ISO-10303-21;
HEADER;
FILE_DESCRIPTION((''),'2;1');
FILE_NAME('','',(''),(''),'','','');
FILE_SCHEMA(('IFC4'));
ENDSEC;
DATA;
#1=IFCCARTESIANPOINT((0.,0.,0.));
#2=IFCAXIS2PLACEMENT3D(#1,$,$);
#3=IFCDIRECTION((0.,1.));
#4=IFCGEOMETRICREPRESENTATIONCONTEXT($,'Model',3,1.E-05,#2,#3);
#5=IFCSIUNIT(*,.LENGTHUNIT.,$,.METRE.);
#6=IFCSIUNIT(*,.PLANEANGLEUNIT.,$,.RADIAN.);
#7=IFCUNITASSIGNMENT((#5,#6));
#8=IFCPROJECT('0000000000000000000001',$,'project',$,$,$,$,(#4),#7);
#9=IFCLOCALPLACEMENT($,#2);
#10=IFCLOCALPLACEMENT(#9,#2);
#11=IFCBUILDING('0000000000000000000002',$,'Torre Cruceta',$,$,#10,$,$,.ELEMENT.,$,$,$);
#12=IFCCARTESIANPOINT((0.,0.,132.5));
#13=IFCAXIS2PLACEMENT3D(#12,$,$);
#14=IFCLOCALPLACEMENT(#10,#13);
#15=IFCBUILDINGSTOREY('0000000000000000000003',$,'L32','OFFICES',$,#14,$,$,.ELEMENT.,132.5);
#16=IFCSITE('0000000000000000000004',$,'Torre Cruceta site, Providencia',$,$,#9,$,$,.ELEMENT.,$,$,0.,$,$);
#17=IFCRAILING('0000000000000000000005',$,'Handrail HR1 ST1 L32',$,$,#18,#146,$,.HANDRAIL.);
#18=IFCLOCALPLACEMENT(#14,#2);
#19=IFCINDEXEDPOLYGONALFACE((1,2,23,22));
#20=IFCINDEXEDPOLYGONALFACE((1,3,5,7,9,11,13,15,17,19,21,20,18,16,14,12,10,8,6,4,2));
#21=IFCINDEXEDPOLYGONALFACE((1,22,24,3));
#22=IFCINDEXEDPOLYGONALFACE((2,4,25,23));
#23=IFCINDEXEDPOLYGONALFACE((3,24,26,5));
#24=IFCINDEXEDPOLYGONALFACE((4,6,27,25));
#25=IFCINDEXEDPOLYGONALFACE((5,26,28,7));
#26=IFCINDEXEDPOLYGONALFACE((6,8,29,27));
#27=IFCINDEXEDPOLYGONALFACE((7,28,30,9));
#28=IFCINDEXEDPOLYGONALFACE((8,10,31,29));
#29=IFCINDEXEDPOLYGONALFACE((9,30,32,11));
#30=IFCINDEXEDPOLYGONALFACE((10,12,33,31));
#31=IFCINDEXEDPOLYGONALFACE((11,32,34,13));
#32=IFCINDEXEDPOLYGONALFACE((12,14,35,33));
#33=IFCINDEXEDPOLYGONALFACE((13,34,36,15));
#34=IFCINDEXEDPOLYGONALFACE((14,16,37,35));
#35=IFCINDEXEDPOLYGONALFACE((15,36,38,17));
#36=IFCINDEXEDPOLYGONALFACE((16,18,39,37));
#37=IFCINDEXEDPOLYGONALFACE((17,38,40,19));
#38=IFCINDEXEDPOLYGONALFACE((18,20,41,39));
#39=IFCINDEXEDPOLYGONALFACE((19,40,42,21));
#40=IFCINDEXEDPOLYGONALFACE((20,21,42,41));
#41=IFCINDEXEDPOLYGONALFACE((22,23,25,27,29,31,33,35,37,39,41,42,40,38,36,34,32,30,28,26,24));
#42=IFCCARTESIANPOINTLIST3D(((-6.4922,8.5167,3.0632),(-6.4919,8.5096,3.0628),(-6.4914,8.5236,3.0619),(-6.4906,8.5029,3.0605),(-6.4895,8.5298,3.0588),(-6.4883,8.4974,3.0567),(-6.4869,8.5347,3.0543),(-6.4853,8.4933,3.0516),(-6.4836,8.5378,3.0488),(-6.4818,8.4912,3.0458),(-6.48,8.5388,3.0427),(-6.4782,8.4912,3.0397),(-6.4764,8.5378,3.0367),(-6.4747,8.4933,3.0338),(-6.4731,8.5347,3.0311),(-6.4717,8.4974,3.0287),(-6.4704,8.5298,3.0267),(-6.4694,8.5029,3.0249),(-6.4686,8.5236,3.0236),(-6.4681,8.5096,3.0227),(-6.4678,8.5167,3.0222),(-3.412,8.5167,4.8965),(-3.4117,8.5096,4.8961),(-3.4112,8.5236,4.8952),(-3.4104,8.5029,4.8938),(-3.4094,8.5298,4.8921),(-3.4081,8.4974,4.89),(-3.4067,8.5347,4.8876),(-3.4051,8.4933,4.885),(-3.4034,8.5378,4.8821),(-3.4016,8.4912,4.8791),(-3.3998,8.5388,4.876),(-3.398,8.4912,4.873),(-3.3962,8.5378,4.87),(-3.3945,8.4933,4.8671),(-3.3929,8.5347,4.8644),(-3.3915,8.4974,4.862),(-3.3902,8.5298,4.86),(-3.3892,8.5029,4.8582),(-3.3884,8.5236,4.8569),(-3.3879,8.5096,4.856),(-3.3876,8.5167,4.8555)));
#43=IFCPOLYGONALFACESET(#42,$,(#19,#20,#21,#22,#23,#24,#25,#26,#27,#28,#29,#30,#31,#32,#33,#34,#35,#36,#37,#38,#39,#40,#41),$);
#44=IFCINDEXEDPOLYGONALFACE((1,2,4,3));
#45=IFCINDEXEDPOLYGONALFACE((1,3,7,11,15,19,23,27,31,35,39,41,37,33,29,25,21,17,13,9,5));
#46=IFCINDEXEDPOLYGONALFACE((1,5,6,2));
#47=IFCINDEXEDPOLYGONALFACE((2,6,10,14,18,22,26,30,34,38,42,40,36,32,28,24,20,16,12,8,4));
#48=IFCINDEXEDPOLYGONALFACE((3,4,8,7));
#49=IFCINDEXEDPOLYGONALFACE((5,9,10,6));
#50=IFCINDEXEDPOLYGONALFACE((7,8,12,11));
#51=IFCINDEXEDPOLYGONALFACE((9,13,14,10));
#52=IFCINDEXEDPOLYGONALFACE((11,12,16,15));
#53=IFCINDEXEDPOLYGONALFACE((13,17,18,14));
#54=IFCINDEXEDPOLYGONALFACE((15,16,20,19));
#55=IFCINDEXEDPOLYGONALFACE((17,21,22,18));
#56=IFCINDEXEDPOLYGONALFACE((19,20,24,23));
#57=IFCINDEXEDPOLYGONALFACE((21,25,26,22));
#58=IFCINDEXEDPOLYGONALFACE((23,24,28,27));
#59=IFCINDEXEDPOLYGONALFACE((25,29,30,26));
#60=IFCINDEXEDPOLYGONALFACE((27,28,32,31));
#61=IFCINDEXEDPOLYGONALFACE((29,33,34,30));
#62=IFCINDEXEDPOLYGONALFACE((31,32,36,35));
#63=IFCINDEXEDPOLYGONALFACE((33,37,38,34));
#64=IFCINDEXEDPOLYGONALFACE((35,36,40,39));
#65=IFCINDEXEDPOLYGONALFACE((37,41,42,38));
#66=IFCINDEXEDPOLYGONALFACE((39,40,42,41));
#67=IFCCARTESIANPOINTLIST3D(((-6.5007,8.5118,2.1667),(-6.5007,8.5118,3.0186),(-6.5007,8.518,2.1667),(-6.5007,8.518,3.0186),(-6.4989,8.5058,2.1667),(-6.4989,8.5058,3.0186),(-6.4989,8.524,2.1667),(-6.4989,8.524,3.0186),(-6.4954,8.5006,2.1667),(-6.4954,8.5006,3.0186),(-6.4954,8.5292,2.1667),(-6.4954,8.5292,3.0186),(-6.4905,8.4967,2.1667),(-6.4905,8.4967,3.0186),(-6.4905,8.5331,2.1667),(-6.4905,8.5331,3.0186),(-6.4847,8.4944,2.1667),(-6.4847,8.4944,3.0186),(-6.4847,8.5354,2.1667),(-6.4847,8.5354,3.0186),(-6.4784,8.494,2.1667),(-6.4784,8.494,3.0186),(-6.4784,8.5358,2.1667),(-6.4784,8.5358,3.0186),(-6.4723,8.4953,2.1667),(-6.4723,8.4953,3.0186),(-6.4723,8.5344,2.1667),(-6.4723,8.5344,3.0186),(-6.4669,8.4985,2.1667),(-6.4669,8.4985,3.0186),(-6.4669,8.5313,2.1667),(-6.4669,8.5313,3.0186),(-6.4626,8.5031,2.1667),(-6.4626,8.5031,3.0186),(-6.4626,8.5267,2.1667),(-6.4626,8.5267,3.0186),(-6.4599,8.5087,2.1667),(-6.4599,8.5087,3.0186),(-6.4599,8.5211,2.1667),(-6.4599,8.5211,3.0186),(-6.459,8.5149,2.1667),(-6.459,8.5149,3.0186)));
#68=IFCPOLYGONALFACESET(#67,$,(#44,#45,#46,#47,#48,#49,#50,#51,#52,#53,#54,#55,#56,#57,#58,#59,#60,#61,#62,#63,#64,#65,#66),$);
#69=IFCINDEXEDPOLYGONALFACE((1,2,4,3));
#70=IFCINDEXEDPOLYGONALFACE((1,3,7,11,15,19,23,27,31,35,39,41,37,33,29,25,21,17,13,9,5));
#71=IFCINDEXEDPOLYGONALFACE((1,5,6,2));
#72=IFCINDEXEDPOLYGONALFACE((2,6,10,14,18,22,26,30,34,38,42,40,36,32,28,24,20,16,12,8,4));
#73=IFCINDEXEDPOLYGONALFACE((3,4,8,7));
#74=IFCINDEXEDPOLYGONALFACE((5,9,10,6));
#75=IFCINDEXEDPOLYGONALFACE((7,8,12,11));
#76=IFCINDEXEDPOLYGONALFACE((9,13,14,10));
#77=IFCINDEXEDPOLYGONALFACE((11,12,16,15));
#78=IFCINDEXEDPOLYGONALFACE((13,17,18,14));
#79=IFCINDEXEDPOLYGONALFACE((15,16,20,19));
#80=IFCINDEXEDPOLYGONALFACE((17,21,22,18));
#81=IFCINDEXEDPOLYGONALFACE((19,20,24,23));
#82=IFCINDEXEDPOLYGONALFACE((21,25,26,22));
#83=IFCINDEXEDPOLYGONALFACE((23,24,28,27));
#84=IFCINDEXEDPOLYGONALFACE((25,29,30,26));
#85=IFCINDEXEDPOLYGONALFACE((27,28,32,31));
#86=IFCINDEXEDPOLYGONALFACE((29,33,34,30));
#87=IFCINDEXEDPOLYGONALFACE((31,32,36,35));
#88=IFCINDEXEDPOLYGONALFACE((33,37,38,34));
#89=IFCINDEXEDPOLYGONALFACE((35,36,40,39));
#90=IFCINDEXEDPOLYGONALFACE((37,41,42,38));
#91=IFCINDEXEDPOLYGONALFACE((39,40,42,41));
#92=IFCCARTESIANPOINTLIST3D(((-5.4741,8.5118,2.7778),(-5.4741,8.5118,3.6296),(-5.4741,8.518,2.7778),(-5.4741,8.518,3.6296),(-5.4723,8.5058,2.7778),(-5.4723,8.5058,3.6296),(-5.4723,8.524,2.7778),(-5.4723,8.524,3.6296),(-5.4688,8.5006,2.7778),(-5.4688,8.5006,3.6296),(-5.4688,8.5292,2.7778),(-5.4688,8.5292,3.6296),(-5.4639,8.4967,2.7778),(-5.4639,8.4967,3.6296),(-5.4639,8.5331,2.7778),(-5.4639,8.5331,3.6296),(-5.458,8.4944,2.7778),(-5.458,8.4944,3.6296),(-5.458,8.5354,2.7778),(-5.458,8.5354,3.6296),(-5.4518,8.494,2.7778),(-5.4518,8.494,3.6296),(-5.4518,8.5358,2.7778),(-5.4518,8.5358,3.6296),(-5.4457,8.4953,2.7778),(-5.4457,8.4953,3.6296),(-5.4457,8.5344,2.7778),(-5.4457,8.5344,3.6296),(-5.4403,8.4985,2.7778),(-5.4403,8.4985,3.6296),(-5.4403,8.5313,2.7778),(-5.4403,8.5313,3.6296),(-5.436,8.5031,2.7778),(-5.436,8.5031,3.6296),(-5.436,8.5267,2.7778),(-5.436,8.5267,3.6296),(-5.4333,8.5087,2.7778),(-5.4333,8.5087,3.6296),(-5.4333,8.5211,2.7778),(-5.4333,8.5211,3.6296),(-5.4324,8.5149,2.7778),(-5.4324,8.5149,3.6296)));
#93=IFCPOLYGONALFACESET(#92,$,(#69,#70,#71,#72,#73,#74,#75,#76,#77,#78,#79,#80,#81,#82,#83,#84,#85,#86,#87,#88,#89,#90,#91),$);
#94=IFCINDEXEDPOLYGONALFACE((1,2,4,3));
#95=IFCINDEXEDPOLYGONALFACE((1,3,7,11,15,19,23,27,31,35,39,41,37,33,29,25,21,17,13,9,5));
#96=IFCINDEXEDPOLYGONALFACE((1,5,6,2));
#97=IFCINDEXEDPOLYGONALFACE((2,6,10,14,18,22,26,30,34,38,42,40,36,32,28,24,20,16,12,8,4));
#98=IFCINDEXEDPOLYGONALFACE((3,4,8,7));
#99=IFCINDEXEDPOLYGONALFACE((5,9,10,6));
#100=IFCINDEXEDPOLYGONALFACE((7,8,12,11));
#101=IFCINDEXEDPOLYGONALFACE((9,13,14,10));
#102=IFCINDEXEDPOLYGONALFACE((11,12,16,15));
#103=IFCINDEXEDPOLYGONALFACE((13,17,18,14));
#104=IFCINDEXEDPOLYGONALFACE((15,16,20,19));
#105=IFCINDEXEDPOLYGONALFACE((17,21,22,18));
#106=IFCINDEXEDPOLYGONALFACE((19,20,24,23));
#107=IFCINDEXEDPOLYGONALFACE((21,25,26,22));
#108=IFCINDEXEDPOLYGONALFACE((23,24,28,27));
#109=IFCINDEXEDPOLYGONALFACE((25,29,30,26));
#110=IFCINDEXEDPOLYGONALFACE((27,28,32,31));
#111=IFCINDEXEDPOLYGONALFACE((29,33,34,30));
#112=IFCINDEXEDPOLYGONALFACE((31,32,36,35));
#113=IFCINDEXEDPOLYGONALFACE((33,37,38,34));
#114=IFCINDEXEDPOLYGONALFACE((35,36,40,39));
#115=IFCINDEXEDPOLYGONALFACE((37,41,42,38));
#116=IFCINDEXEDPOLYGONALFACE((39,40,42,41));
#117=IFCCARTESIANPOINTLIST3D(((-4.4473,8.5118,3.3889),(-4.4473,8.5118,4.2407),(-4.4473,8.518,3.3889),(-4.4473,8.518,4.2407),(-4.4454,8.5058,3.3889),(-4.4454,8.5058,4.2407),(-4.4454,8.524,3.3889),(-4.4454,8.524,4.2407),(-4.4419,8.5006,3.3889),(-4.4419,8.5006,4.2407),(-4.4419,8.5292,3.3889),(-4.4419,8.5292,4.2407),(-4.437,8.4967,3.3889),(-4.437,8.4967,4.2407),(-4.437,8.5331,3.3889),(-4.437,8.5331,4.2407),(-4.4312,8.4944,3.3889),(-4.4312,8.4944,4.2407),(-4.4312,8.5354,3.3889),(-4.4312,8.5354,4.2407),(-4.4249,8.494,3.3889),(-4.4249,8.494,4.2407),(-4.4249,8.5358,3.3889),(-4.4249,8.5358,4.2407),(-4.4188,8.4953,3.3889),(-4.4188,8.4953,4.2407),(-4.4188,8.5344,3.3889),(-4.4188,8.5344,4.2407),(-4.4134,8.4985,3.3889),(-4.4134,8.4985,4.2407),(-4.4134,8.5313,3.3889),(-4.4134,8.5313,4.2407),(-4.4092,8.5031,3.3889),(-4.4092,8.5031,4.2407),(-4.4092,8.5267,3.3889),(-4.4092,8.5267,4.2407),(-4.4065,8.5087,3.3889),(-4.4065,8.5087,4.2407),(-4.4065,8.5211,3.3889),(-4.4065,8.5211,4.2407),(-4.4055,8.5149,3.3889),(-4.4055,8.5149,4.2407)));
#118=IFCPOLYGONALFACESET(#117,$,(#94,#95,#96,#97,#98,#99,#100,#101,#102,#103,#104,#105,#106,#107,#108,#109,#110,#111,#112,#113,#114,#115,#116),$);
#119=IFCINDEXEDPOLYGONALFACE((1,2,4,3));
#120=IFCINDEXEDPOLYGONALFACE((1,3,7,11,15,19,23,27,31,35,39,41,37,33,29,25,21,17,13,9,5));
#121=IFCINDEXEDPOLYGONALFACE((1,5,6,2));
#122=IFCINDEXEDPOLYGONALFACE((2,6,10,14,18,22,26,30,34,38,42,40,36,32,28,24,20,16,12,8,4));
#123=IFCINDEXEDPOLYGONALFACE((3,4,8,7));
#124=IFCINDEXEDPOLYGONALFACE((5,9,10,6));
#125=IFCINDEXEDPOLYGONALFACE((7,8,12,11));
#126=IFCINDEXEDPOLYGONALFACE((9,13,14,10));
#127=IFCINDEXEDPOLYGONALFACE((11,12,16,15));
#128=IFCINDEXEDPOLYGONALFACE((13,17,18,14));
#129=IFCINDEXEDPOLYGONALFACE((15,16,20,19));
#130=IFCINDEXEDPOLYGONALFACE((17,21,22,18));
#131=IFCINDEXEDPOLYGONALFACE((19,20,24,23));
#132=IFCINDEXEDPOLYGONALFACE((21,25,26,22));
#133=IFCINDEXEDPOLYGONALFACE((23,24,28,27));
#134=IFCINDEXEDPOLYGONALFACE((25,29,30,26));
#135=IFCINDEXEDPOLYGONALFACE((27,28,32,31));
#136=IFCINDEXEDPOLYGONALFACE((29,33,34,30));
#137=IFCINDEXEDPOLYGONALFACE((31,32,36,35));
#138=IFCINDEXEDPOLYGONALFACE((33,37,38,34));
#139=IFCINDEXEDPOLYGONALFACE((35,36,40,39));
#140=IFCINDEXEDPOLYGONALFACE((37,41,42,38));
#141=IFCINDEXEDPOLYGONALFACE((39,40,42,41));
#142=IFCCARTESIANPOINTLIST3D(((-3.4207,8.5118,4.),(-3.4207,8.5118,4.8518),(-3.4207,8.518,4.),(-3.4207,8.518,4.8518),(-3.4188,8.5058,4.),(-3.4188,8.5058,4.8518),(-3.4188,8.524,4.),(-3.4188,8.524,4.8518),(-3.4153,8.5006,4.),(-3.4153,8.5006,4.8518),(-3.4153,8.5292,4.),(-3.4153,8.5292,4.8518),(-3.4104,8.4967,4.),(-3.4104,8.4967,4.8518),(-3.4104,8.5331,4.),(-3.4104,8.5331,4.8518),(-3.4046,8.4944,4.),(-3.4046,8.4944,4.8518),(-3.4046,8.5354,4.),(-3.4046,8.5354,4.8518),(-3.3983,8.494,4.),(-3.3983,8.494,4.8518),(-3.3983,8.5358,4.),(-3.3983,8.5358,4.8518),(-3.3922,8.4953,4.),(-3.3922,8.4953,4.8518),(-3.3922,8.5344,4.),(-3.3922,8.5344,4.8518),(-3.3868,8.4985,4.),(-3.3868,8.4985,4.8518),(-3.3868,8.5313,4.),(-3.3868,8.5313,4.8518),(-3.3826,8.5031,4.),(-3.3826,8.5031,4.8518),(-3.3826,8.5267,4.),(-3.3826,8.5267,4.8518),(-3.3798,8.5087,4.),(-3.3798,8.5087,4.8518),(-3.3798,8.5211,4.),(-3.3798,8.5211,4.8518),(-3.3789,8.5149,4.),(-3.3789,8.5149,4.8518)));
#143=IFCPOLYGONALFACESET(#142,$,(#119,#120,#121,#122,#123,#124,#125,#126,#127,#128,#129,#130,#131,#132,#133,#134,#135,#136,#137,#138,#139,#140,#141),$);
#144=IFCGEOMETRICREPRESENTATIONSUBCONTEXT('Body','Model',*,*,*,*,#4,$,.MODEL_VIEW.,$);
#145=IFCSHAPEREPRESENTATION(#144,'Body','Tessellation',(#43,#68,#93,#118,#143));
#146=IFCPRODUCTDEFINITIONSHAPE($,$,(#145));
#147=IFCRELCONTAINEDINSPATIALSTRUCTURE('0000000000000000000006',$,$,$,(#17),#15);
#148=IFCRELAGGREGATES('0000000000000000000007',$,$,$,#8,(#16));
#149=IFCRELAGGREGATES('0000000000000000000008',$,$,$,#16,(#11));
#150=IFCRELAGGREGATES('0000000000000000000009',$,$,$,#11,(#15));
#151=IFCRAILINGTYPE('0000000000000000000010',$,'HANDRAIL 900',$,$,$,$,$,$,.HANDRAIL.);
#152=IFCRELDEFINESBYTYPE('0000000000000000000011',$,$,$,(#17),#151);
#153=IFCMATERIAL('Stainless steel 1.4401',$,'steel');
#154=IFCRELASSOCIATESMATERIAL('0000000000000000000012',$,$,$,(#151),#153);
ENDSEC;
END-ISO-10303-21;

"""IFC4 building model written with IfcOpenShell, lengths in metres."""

from ifc_helpers import new_model, si_unit, direction, frame, origin, origin_2d, place, context, subcontext, project, spatial, circle, extrude, material, type_object, element, save


model = new_model("IFC4")

# Units and contexts
model_context = context("Model", 3, precision=1e-05, world=origin(), true_north=direction((0.0, 1.0)))
body_context = subcontext(model_context, "Body", "Model", "MODEL_VIEW")
ifc_project = project(units=[si_unit("LENGTHUNIT", "METRE"), si_unit("PLANEANGLEUNIT", "RADIAN")], contexts=[model_context])

# Site, building, storey
site_placement = place(None, origin())
site = spatial("IfcSite", under=ifc_project, at=site_placement, Name="Torre Cruceta site, Providencia", CompositionType="ELEMENT", RefElevation=0.0)
building_placement = place(site_placement, origin())
building = spatial("IfcBuilding", under=site, at=building_placement, Name="Torre Cruceta", CompositionType="ELEMENT")
storey_placement = place(building_placement, frame((0.0, 0.0, 132.5)))
storey = spatial("IfcBuildingStorey", under=building, at=storey_placement, Name="L32", Description="OFFICES", CompositionType="ELEMENT", Elevation=132.5)

# Railing
ifc_material_1 = material(Name="Stainless steel 1.4401", Category="steel")
railing_type = type_object("IfcRailingType", Name="HANDRAIL 900", PredefinedType="HANDRAIL", material=ifc_material_1)
railing_placement = place(storey_placement, frame((-6.48, 8.5149, 2.1667)))
element("IfcRailing", 1, at=railing_placement, inside=storey, type_object=railing_type, Name="Handrail HR1 ST1 L32", PredefinedType="HANDRAIL", context=body_context, shape_type="SweptSolid", body=[
    extrude(circle(Radius=0.0239, at=origin_2d()), frame((0.0, 0.0, 0.876), z_axis=(0.859309, 0.0, 0.511458), x_axis=(0.0, 1.0, 0.0)), (0.0, 0.0, 1.0), 3.5845),
    extrude(circle(Radius=0.021, at=origin_2d()), origin(), (0.0, 0.0, 1.0), 0.8518),
    extrude(circle(Radius=0.021, at=origin_2d()), frame((1.0266, 0.0, 0.6111)), (0.0, 0.0, 1.0), 0.8518),
    extrude(circle(Radius=0.021, at=origin_2d()), frame((2.0535, 0.0, 1.2222)), (0.0, 0.0, 1.0), 0.8518),
    extrude(circle(Radius=0.021, at=origin_2d()), frame((3.0801, 0.0, 1.8333)), (0.0, 0.0, 1.0), 0.8518),
])

save(model, "model.ifc")
